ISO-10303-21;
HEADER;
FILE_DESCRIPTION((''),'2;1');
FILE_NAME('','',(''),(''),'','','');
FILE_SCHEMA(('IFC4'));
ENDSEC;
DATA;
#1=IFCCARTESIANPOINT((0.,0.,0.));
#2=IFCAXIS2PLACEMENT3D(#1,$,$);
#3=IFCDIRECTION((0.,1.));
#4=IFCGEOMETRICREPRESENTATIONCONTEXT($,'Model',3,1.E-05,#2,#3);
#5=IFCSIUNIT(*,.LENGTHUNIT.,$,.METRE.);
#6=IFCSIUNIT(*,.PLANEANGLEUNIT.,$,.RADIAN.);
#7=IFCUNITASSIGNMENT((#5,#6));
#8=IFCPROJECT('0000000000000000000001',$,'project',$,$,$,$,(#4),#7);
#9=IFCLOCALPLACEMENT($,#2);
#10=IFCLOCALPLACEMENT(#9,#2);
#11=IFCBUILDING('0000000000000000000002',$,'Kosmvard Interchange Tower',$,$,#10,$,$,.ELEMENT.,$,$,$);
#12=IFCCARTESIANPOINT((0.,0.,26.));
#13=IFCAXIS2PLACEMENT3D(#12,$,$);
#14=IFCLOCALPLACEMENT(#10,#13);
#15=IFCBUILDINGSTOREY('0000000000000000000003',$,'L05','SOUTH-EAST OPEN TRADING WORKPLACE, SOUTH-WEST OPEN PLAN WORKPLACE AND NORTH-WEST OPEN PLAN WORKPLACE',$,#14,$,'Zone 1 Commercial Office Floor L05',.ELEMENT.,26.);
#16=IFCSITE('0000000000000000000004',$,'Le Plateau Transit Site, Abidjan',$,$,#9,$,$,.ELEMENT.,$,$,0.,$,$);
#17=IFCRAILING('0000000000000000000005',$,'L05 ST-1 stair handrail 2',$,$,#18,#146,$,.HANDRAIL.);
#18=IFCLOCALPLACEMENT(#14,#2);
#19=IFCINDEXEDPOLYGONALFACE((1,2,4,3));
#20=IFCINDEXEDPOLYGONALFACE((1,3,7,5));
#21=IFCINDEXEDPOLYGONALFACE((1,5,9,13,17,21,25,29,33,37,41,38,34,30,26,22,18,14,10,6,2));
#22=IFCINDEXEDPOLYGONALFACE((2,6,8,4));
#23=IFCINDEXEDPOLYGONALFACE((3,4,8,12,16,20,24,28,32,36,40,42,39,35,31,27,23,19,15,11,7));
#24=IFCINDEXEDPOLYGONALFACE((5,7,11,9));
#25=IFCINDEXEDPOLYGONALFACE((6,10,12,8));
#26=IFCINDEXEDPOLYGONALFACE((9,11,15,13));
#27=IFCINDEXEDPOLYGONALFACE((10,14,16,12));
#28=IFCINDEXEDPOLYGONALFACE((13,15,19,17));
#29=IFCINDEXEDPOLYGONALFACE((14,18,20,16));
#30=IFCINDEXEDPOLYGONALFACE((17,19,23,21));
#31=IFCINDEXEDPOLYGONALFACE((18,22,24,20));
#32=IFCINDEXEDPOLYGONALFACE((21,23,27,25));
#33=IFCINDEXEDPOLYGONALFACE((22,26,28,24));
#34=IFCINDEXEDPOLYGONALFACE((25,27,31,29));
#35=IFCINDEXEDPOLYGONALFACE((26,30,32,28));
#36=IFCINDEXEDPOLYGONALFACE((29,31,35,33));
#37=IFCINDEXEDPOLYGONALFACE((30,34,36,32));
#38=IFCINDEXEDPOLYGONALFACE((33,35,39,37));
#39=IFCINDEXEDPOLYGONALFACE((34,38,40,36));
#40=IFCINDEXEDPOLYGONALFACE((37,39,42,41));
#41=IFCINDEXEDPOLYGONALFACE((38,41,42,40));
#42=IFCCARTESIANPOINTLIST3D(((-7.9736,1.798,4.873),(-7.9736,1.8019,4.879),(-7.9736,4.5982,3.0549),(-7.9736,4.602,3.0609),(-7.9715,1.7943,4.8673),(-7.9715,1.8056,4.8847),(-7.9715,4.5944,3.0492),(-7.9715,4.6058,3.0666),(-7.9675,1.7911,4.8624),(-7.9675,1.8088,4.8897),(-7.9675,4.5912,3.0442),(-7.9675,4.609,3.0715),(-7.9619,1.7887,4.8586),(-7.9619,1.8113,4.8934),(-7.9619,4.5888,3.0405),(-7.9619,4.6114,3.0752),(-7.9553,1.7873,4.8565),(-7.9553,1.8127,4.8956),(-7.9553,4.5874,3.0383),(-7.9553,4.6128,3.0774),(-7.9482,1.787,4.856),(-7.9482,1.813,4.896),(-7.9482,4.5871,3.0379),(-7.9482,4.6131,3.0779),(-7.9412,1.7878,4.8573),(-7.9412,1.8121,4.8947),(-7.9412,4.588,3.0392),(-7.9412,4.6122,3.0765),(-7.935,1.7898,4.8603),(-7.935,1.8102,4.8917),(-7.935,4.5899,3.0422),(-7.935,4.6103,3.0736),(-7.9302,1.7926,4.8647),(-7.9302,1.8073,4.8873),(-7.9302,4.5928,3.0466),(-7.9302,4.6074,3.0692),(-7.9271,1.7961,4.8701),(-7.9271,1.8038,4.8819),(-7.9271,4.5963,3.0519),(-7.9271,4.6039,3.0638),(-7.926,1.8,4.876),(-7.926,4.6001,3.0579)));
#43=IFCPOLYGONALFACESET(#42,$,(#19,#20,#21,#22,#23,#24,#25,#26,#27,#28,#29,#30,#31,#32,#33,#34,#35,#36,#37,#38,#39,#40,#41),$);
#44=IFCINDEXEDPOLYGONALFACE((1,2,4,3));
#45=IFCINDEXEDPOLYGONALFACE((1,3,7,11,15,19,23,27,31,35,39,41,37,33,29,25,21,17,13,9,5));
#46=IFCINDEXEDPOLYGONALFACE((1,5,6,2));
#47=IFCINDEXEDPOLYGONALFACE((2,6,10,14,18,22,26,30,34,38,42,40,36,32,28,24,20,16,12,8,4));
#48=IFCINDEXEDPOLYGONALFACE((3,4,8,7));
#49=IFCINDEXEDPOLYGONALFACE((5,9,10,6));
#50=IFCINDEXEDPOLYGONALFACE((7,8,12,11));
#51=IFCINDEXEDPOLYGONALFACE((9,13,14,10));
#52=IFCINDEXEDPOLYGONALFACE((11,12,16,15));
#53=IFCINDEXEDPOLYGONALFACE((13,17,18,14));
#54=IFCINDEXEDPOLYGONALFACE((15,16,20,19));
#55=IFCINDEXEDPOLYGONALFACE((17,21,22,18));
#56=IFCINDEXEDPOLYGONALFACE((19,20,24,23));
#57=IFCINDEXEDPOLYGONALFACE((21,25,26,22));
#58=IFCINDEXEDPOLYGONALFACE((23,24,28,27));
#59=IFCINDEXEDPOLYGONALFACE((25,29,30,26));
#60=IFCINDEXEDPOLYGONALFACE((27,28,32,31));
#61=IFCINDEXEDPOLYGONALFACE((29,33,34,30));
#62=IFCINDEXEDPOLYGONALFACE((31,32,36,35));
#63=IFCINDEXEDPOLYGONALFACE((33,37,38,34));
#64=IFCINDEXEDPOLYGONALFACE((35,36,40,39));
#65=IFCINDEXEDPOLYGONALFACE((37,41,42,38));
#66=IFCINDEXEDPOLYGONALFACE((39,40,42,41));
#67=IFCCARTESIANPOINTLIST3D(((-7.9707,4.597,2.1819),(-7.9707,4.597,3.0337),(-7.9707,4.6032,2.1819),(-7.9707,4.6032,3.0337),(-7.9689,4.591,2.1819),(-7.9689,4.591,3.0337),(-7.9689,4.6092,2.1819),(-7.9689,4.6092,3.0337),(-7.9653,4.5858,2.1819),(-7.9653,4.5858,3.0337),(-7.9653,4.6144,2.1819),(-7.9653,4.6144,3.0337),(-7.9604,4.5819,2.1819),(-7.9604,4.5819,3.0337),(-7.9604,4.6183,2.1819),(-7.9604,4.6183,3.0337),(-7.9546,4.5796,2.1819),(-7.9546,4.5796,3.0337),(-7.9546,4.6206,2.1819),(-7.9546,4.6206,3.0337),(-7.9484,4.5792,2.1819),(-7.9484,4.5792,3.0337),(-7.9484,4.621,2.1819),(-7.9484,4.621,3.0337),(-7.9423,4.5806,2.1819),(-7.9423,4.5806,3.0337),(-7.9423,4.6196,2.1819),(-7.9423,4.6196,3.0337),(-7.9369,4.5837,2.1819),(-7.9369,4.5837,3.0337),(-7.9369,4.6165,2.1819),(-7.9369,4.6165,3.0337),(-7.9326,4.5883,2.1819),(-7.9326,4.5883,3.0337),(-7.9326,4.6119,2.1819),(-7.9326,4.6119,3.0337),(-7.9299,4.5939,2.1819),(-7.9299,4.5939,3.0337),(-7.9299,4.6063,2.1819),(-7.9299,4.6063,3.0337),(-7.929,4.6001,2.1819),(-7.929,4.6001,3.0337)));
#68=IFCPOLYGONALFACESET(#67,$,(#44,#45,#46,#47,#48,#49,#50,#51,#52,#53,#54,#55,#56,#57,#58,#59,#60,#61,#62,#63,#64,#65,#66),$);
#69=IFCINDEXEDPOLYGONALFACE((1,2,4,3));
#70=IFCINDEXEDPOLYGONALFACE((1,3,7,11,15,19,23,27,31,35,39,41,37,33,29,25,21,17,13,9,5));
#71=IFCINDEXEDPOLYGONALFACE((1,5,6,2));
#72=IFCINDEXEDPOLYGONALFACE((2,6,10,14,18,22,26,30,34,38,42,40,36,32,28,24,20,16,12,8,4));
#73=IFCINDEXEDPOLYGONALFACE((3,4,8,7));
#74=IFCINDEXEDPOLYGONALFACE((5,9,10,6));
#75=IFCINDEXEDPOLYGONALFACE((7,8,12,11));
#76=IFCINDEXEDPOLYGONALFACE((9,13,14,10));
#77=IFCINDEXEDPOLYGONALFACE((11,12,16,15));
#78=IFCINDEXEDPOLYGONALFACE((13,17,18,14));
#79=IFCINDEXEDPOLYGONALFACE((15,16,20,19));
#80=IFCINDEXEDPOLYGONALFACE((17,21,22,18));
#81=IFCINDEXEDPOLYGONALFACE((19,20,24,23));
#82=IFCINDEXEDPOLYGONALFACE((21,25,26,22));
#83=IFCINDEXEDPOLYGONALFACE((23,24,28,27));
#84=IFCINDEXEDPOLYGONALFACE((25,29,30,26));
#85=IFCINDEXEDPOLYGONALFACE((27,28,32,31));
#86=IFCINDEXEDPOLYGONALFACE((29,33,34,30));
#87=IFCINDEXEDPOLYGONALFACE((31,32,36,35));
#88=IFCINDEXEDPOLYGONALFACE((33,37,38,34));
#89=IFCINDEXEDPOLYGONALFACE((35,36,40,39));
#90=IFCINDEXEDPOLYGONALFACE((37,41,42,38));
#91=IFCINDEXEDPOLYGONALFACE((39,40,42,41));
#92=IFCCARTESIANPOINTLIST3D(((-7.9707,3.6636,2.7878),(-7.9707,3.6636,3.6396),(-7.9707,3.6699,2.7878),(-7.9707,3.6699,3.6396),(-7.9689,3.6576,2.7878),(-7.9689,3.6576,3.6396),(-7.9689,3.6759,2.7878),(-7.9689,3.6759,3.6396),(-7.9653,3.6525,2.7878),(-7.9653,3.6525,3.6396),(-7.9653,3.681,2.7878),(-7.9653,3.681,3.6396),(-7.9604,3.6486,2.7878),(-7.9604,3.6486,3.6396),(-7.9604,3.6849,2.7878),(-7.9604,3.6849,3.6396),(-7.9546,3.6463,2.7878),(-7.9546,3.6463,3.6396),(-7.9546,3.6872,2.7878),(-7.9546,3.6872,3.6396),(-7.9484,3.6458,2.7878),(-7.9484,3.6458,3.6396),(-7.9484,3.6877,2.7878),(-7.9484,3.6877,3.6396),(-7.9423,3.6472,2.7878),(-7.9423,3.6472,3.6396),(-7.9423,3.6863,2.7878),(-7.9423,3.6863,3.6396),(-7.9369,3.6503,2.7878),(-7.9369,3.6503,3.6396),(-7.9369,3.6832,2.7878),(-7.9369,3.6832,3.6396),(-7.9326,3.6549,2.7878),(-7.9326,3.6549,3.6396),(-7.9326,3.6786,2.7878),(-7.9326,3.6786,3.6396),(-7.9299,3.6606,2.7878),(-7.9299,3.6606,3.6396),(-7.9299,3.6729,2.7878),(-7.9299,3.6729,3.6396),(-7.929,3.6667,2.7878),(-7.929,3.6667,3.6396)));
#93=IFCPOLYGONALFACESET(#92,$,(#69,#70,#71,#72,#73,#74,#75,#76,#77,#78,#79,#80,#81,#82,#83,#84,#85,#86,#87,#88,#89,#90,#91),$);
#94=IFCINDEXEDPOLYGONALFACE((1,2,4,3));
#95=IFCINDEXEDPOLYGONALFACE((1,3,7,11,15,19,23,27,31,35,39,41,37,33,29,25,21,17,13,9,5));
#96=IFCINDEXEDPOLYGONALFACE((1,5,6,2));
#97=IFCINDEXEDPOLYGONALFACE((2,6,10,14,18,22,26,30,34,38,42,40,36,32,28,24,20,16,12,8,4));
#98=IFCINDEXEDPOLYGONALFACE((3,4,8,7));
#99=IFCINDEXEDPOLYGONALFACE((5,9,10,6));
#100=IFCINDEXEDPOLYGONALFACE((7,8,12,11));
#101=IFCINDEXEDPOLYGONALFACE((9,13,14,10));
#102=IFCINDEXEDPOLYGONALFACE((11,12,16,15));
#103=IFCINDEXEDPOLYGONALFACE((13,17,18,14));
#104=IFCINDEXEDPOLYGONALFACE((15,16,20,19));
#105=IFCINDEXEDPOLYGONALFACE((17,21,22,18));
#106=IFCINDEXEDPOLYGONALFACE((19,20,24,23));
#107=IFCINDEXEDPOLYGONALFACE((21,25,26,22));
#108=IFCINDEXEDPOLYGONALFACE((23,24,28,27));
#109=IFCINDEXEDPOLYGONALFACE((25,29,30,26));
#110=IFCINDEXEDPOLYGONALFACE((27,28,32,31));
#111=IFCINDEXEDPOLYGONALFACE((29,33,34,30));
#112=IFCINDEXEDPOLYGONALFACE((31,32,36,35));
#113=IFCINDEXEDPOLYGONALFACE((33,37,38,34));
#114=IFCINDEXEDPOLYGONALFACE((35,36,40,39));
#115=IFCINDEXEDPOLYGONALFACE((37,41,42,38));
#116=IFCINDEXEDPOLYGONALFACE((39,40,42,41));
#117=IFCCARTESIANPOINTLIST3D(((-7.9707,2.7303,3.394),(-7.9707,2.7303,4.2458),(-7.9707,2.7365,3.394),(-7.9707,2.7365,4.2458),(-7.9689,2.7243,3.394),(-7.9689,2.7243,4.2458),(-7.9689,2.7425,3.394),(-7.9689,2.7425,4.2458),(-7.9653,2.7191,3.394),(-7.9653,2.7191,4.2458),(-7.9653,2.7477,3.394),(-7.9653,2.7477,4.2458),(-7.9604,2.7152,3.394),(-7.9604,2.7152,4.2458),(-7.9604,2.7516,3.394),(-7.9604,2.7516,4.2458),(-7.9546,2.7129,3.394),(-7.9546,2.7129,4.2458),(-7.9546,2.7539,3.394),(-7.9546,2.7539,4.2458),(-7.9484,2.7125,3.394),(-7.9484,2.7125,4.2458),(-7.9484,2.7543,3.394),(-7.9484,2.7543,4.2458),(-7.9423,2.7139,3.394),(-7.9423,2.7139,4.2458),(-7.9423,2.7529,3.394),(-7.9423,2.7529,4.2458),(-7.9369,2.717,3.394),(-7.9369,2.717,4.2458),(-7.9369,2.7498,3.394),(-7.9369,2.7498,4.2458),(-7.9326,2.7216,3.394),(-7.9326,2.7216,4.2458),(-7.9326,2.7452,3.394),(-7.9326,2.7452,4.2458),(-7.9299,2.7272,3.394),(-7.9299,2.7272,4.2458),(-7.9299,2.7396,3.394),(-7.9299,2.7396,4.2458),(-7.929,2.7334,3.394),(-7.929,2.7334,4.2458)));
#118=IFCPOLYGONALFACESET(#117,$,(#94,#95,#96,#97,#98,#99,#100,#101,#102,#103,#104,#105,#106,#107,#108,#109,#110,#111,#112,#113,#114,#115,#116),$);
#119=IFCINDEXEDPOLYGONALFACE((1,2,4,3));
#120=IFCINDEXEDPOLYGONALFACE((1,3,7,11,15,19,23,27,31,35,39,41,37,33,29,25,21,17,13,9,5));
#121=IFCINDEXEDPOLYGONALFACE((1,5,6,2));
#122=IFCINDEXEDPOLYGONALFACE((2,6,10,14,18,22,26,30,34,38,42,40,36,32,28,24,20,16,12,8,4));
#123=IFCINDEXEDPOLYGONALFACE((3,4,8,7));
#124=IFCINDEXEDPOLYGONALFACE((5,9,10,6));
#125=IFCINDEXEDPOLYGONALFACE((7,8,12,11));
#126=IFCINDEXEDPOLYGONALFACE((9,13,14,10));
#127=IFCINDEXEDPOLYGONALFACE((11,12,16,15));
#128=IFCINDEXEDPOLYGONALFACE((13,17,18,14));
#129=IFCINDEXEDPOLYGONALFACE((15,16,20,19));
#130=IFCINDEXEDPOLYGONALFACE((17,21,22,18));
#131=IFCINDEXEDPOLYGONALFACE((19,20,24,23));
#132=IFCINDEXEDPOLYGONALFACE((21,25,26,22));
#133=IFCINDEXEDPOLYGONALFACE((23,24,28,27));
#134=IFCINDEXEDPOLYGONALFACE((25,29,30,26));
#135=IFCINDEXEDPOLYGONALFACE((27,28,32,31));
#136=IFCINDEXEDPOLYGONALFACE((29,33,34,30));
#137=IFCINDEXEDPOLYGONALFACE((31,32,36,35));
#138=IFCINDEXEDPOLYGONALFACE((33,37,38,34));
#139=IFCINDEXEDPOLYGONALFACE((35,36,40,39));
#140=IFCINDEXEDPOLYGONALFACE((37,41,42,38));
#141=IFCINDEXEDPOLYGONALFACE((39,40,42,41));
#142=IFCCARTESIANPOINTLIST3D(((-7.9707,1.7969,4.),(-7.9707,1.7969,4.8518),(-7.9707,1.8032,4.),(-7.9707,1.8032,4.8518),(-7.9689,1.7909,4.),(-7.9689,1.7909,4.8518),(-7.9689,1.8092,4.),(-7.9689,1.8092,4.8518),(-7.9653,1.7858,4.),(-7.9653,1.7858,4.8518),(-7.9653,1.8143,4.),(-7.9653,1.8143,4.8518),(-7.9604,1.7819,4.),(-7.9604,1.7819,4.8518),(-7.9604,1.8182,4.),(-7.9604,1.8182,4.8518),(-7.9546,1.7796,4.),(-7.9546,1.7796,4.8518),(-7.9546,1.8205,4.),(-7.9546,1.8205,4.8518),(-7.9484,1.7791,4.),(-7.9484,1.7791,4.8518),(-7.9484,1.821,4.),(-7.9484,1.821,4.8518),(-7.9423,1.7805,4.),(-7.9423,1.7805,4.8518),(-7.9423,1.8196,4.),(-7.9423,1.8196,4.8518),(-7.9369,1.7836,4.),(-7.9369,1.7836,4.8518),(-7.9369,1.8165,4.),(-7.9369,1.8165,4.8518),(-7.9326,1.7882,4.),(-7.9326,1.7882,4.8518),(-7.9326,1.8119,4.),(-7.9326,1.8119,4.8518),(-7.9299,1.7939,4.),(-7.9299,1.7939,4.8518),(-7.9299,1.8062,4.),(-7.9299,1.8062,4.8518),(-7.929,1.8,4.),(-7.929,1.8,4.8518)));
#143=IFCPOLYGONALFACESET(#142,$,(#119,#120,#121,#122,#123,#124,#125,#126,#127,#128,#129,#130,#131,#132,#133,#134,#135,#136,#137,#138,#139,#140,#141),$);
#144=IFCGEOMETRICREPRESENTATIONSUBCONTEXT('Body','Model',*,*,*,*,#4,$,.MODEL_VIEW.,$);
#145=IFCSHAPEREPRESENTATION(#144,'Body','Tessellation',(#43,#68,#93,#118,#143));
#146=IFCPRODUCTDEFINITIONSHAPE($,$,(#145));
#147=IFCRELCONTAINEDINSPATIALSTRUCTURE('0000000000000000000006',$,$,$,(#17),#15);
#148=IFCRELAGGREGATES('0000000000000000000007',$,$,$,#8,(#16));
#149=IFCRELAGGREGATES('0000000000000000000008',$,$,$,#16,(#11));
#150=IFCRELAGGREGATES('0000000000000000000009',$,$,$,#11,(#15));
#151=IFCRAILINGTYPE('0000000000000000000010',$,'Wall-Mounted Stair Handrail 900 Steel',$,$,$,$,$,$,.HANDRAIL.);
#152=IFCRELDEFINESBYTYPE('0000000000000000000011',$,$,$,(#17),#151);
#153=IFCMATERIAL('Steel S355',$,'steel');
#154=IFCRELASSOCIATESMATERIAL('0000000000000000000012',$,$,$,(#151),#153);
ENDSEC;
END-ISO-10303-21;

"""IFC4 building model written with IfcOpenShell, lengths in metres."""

from ifc_helpers import new_model, si_unit, direction, frame, origin, origin_2d, place, context, subcontext, project, spatial, circle, extrude, source, transform, mapped, material, type_object, element, save


model = new_model("IFC4")

# Units and contexts
model_context = context("Model", 3, precision=1e-05, world=origin(), true_north=direction((0.0, 1.0)))
body_context = subcontext(model_context, "Body", "Model", "MODEL_VIEW")
ifc_project = project(units=[si_unit("LENGTHUNIT", "METRE"), si_unit("PLANEANGLEUNIT", "RADIAN")], contexts=[model_context])

# Site, building, storey
site_placement = place(None, origin())
site = spatial("IfcSite", under=ifc_project, at=site_placement, Name="Le Plateau Transit Site, Abidjan", CompositionType="ELEMENT", RefElevation=0.0)
building_placement = place(site_placement, origin())
building = spatial("IfcBuilding", under=site, at=building_placement, Name="Kosmvard Interchange Tower", CompositionType="ELEMENT")
storey_placement = place(building_placement, frame((0.0, 0.0, 26.0)))
storey = spatial("IfcBuildingStorey", under=building, at=storey_placement, Name="L05", Description="SOUTH-EAST OPEN TRADING WORKPLACE, SOUTH-WEST OPEN PLAN WORKPLACE AND NORTH-WEST OPEN PLAN WORKPLACE", LongName="Zone 1 Commercial Office Floor L05", CompositionType="ELEMENT", Elevation=26.0)

# Railing
ifc_material_1 = material(Name="Steel S355", Category="steel")
railing_type_1 = type_object("IfcRailingType", Name="Wall-Mounted Stair Handrail 900 Steel", PredefinedType="HANDRAIL", material=ifc_material_1)
shared_shape_1 = source(origin(), body_context, "Body", "SweptSolid", [
    extrude(circle(Radius=0.0239, at=origin_2d()), frame((0.0, 0.0, 0.876), z_axis=(0.0, -0.838706, 0.544585), x_axis=(1.0, 0.0, 0.0)), (0.0, 0.0, 1.0), 3.3386),
    extrude(circle(Radius=0.021, at=origin_2d()), origin(), (0.0, 0.0, 1.0), 0.8518),
    extrude(circle(Radius=0.021, at=origin_2d()), frame((0.0, -0.9333, 0.606)), (0.0, 0.0, 1.0), 0.8518),
    extrude(circle(Radius=0.021, at=origin_2d()), frame((0.0, -1.8667, 1.2122)), (0.0, 0.0, 1.0), 0.8518),
    extrude(circle(Radius=0.021, at=origin_2d()), frame((0.0, -2.8, 1.8181)), (0.0, 0.0, 1.0), 0.8518),
])
railing_1_placement = place(storey_placement, frame((-7.95, 4.6001, 2.1819)))
element("IfcRailing", 1, at=railing_1_placement, inside=storey, type_object=railing_type_1, Name="L05 ST-1 stair handrail 2", PredefinedType="HANDRAIL", context=body_context, shape_type="MappedRepresentation", body=[
    mapped(shared_shape_1, transform((0.0, 0.0, 0.0), scale=1.0)),
])

save(model, "model.ifc")
